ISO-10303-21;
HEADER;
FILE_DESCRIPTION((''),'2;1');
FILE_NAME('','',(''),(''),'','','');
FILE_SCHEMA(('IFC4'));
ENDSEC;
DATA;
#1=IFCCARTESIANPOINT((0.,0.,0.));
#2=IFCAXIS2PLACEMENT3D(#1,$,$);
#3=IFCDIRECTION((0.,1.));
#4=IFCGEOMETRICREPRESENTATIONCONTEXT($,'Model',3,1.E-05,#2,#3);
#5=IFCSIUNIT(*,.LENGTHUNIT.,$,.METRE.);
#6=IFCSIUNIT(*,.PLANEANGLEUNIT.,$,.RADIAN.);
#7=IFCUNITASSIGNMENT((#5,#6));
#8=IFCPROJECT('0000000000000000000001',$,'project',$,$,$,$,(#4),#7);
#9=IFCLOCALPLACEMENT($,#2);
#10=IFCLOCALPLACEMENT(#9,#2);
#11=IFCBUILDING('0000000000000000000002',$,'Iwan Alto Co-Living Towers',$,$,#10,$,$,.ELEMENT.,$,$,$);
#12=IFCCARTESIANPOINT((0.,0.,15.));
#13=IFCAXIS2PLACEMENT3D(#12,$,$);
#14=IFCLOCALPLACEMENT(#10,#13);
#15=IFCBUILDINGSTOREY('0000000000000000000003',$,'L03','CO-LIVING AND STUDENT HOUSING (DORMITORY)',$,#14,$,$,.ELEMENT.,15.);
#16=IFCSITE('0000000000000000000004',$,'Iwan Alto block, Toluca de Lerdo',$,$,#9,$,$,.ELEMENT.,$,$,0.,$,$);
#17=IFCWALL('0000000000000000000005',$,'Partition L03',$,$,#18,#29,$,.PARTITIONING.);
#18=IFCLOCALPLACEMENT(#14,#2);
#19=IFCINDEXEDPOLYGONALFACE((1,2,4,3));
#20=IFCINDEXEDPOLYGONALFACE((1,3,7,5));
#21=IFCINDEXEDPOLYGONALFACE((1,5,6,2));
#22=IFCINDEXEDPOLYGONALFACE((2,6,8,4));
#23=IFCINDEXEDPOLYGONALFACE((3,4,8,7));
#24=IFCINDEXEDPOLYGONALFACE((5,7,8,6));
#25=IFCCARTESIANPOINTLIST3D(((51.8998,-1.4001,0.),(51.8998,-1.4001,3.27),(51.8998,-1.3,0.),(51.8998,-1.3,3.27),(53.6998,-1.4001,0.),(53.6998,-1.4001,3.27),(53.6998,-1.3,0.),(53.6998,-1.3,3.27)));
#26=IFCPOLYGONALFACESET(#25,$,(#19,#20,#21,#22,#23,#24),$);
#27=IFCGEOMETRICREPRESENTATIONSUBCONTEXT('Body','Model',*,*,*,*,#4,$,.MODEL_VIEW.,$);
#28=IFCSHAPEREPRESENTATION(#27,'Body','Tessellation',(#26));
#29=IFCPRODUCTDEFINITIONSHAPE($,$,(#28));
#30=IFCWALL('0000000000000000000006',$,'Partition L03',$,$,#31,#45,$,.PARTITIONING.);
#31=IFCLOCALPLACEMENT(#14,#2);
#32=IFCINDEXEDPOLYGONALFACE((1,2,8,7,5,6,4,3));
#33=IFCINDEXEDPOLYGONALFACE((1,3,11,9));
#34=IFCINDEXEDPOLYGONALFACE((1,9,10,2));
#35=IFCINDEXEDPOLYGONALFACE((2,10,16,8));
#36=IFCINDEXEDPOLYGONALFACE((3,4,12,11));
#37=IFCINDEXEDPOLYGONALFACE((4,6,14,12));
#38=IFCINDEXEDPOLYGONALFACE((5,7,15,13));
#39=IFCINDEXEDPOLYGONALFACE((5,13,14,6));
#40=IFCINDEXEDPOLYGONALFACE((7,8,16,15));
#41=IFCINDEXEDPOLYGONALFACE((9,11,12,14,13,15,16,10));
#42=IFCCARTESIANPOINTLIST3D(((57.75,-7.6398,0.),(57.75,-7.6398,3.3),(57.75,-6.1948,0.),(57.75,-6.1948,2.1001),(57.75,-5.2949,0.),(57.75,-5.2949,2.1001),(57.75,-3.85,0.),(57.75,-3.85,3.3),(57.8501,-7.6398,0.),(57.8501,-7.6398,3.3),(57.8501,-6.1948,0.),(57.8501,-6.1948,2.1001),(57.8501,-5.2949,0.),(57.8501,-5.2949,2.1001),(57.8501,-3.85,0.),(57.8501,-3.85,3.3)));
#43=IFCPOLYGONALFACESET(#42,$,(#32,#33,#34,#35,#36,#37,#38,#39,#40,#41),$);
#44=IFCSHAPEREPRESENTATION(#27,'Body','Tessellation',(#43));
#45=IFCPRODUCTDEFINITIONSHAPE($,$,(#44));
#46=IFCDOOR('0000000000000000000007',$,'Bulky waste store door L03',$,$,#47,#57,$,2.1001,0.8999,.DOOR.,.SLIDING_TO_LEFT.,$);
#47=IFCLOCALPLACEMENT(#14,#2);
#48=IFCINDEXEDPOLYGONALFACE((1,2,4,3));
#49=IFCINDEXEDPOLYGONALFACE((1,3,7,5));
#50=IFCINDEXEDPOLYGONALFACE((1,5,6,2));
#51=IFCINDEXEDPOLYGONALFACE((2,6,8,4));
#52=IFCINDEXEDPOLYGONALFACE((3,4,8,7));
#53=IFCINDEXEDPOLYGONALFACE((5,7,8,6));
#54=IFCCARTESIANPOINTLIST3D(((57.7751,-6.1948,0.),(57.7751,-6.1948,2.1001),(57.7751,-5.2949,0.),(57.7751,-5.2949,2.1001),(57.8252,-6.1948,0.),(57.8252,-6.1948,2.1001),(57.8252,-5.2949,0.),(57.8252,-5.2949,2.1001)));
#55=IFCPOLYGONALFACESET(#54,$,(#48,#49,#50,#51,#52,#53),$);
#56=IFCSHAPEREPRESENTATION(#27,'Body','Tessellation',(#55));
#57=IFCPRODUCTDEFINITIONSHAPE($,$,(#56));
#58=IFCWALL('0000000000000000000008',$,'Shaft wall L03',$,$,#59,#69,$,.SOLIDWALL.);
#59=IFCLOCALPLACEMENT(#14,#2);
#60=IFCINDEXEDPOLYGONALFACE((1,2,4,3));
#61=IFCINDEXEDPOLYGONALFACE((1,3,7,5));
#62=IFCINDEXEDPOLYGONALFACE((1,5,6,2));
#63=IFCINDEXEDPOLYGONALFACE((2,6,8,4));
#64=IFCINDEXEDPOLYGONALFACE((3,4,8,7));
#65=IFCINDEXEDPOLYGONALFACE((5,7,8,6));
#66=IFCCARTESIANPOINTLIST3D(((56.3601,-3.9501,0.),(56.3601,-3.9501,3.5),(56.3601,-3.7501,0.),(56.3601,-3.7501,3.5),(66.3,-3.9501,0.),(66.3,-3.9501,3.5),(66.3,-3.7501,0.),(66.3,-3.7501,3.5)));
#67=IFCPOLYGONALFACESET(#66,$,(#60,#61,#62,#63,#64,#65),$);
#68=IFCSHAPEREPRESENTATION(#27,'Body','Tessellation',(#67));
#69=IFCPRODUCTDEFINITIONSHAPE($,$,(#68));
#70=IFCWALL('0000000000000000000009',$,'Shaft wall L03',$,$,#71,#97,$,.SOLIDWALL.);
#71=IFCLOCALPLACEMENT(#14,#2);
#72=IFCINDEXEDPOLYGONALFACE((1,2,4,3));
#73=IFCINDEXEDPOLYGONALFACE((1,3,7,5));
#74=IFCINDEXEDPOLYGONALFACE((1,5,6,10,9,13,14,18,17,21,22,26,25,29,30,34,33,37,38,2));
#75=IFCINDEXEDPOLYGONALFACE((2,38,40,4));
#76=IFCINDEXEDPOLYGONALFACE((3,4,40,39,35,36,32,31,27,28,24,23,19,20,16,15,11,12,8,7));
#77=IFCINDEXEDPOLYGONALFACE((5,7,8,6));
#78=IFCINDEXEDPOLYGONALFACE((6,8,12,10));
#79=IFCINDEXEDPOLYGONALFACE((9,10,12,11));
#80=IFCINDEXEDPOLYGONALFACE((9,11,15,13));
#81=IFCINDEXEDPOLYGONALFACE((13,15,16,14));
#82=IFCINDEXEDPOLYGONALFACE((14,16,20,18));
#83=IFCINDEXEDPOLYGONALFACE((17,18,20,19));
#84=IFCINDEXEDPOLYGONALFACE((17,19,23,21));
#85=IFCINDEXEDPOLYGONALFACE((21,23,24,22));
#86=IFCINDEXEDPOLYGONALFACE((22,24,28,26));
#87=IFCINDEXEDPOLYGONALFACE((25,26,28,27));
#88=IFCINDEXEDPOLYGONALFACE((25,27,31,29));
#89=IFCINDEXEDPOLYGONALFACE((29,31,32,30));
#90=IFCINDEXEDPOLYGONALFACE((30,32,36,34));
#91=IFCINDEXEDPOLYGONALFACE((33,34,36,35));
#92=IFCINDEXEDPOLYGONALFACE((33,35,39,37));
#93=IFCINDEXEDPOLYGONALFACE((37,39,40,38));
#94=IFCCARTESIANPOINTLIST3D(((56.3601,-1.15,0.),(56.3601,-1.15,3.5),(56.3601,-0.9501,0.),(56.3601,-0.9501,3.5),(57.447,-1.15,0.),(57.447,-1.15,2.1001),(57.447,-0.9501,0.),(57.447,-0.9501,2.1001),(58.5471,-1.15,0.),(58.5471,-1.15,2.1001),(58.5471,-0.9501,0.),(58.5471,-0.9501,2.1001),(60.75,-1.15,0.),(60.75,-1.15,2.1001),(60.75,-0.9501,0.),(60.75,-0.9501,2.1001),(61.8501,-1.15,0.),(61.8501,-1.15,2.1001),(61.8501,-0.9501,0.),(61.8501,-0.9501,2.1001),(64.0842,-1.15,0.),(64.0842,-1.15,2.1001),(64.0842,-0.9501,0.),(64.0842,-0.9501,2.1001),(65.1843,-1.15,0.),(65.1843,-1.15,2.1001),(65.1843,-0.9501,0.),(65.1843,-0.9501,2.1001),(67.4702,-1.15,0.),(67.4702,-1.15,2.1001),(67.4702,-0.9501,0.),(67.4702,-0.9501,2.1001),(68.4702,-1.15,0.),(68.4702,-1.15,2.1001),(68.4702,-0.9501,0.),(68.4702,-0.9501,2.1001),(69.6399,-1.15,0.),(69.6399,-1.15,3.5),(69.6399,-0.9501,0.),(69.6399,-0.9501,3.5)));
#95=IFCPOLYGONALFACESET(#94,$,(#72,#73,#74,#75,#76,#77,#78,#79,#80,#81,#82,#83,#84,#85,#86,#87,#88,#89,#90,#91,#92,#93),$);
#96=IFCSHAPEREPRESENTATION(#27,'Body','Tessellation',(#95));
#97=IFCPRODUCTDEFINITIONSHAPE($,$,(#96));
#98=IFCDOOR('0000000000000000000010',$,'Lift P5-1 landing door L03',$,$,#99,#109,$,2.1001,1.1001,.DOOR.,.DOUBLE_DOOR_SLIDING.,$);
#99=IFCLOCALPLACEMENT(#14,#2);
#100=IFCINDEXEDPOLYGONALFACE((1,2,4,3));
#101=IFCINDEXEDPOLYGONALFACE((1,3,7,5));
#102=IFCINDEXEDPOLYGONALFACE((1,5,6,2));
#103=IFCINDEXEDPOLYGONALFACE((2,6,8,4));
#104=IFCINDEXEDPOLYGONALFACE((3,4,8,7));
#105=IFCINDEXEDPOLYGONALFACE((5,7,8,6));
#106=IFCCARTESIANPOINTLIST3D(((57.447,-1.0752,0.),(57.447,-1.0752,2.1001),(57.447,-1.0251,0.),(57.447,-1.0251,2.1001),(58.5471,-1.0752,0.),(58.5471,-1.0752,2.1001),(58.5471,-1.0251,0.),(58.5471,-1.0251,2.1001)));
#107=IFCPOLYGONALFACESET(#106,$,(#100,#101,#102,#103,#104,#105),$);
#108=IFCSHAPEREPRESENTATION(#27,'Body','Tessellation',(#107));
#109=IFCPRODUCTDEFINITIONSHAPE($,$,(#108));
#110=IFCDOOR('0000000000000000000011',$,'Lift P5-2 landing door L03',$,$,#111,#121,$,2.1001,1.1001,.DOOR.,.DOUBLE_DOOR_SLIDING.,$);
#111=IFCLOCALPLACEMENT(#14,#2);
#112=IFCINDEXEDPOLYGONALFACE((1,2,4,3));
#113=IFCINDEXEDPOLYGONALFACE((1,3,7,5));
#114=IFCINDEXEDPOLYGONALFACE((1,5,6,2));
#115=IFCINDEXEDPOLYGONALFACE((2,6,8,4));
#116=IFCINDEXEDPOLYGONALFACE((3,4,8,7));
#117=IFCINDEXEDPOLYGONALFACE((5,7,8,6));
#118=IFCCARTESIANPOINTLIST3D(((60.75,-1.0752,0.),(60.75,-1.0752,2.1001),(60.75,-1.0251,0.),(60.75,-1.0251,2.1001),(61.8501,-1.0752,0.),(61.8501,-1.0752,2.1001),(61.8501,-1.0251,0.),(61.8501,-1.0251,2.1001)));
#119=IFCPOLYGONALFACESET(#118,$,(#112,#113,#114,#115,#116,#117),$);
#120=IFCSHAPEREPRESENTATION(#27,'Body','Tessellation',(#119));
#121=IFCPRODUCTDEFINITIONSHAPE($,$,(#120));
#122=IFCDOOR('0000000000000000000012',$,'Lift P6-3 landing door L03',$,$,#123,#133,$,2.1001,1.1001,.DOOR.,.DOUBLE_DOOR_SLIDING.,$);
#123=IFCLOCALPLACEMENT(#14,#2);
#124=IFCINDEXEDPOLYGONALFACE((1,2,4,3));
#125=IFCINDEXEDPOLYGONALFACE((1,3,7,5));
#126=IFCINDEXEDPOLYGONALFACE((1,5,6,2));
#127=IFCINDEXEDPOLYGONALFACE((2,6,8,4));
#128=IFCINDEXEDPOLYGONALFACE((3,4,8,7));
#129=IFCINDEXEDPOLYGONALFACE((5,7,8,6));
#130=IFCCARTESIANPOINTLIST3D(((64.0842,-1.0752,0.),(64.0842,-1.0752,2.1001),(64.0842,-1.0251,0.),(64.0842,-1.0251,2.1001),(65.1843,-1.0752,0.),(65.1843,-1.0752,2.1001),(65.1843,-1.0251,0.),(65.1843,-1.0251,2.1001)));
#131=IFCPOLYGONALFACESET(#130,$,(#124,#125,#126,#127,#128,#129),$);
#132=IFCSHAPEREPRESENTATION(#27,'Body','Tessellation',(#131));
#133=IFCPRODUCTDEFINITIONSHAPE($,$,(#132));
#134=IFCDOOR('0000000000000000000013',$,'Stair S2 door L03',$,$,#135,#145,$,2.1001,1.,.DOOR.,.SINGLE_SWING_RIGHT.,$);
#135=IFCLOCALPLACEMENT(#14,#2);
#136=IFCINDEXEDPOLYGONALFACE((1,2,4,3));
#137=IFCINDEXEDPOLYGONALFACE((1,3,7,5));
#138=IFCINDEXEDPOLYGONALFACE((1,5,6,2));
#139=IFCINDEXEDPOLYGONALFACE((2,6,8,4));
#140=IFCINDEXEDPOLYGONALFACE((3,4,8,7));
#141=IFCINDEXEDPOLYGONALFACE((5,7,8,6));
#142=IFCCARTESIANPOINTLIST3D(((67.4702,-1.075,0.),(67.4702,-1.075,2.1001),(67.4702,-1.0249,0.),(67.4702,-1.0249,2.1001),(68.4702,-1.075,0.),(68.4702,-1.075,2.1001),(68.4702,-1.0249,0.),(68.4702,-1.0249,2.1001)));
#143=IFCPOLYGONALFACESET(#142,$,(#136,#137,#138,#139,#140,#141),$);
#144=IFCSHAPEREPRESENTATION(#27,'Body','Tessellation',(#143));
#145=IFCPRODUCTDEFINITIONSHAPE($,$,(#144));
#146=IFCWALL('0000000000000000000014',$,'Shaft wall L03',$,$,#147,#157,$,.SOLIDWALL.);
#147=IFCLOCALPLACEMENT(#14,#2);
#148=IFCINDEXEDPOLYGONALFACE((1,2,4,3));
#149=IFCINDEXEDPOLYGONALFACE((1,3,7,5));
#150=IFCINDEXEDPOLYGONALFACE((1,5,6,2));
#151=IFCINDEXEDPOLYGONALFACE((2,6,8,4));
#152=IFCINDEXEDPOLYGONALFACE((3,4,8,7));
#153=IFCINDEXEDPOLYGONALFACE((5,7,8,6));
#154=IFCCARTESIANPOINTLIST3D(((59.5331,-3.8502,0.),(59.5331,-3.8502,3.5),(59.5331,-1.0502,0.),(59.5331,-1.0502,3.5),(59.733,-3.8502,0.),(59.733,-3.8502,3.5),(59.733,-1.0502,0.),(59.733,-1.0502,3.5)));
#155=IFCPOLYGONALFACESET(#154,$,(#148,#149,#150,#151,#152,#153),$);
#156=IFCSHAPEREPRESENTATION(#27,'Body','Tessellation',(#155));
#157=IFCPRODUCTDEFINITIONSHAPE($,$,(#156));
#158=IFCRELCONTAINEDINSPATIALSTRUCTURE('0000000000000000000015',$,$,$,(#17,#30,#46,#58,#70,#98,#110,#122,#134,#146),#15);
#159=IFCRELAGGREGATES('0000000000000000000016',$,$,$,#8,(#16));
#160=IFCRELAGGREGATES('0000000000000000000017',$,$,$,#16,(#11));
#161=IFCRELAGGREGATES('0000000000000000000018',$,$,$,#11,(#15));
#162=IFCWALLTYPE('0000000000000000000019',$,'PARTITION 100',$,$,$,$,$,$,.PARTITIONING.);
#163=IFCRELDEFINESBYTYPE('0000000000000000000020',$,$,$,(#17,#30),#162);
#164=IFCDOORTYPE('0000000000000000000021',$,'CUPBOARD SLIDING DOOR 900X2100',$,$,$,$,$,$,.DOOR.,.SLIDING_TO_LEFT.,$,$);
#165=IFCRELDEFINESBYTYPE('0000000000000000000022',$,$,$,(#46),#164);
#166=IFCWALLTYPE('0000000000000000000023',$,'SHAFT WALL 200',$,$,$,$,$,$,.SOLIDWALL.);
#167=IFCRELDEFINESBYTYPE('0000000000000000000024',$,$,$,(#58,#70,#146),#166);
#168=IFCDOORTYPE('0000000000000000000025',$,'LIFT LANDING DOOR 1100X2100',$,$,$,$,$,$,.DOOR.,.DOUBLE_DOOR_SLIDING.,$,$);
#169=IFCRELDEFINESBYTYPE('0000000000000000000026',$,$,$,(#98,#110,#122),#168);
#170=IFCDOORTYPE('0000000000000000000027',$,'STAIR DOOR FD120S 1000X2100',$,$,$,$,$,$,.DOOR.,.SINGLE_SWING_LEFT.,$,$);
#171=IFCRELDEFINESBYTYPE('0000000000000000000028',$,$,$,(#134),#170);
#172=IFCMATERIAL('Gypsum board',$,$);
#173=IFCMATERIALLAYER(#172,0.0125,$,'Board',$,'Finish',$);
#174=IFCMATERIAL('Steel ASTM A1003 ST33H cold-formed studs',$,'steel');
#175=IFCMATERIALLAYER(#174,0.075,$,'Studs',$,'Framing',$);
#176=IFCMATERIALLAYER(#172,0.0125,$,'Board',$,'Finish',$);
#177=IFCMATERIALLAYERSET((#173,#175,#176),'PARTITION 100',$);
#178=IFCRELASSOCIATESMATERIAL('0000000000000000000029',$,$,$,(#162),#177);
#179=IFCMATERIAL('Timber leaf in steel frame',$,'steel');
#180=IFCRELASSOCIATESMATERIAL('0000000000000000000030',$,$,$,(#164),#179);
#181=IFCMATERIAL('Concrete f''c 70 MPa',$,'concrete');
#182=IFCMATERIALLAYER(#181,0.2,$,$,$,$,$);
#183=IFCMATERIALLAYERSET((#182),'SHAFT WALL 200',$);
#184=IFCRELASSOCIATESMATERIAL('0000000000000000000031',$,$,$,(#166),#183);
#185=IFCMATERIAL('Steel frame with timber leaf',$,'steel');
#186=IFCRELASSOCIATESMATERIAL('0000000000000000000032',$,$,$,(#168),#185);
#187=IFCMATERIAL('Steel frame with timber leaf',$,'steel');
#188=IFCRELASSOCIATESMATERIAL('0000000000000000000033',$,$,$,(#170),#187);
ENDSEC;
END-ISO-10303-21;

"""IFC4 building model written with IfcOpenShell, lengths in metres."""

from ifc_helpers import new_model, si_unit, direction, frame, frame_2d, origin, place, context, subcontext, project, spatial, rectangle, extrude, material, layer, layer_set, type_object, element, fill, save


model = new_model("IFC4")

# Units and contexts
model_context = context("Model", 3, precision=1e-05, world=origin(), true_north=direction((0.0, 1.0)))
body_context = subcontext(model_context, "Body", "Model", "MODEL_VIEW")
ifc_project = project(units=[si_unit("LENGTHUNIT", "METRE"), si_unit("PLANEANGLEUNIT", "RADIAN")], contexts=[model_context])

# Site, building, storey
site_placement = place(None, origin())
site = spatial("IfcSite", under=ifc_project, at=site_placement, Name="Iwan Alto block, Toluca de Lerdo", CompositionType="ELEMENT", RefElevation=0.0)
building_placement = place(site_placement, origin())
building = spatial("IfcBuilding", under=site, at=building_placement, Name="Iwan Alto Co-Living Towers", CompositionType="ELEMENT")
storey_placement = place(building_placement, frame((0.0, 0.0, 15.0)))
storey = spatial("IfcBuildingStorey", under=building, at=storey_placement, Name="L03", Description="CO-LIVING AND STUDENT HOUSING (DORMITORY)", CompositionType="ELEMENT", Elevation=15.0)

# Wall
ifc_material_1 = material(Name="Gypsum board")
ifc_layer_1 = layer(ifc_material_1, 0.0125, Name="Board", Category="Finish")
ifc_material_2 = material(Name="Steel ASTM A1003 ST33H cold-formed studs", Category="steel")
ifc_layer_2 = layer(ifc_material_2, 0.075, Name="Studs", Category="Framing")
ifc_layer_3 = layer(ifc_material_1, 0.0125, Name="Board", Category="Finish")
ifc_layer_set_1 = layer_set([ifc_layer_1, ifc_layer_2, ifc_layer_3], Name="PARTITION 100")
wall_type_1 = type_object("IfcWallType", Name="PARTITION 100", PredefinedType="PARTITIONING", material=ifc_layer_set_1)
wall_1_placement = place(storey_placement, frame((51.8999, -1.3501, 0.0), z_axis=(0.0, 0.0, 1.0), x_axis=(1.0, 0.0, 0.0)))
element("IfcWall", 1, at=wall_1_placement, inside=storey, type_object=wall_type_1, Name="Partition L03", PredefinedType="PARTITIONING", context=body_context, shape_type="SweptSolid", body=[
    extrude(rectangle(XDim=1.8, YDim=0.1001, at=frame_2d((0.8999, 0.0))), origin(), (0.0, 0.0, 1.0), 3.27),
])

# Wall, opening, door
wall_2_placement = place(storey_placement, frame((57.8, -7.6399, 0.0), z_axis=(0.0, 0.0, 1.0), x_axis=(0.0, 1.0, 0.0)))
wall_2 = element("IfcWall", 2, at=wall_2_placement, inside=storey, type_object=wall_type_1, Name="Partition L03", PredefinedType="PARTITIONING", context=body_context, shape_type="SweptSolid", body=[
    extrude(rectangle(XDim=3.7898, YDim=0.1001, at=frame_2d((1.895, 0.0))), origin(), (0.0, 0.0, 1.0), 3.3),
])
opening_1_placement = place(wall_2_placement, frame((1.4451, 0.0, 0.0)))
opening_1 = element("IfcOpeningElement", 3, at=opening_1_placement, cuts=wall_2, PredefinedType="OPENING", context=body_context, shape_type="SweptSolid", body=[
    extrude(rectangle(XDim=0.8999, YDim=2.1001, at=frame_2d((0.45, 1.05))), frame((0.0, 0.0601, 0.0), z_axis=(0.0, -1.0, 0.0), x_axis=(1.0, 0.0, 0.0)), (0.0, 0.0, 1.0), 0.1201),
])
ifc_material_3 = material(Name="Timber leaf in steel frame", Category="steel")
door_type_1 = type_object("IfcDoorType", Name="CUPBOARD SLIDING DOOR 900X2100", OperationType="SLIDING_TO_LEFT", PredefinedType="DOOR", material=ifc_material_3)
door_1_placement = place(opening_1_placement, origin())
door_1 = element("IfcDoor", 4, at=door_1_placement, inside=storey, type_object=door_type_1, Name="Bulky waste store door L03", OperationType="SLIDING_TO_LEFT", OverallHeight=2.1001, OverallWidth=0.8999, PredefinedType="DOOR", context=body_context, shape_type="SweptSolid", body=[
    extrude(rectangle(XDim=0.8999, YDim=2.1001, at=frame_2d((0.45, 1.05))), frame((0.0, 0.0249, 0.0), z_axis=(0.0, -1.0, 0.0), x_axis=(1.0, 0.0, 0.0)), (0.0, 0.0, 1.0), 0.05),
])
fill(opening_1, door_1)

# Wall
ifc_material_4 = material(Name="Concrete f'c 70 MPa", Category="concrete")
ifc_layer_4 = layer(ifc_material_4, 0.2)
ifc_layer_set_2 = layer_set([ifc_layer_4], Name="SHAFT WALL 200")
wall_type_2 = type_object("IfcWallType", Name="SHAFT WALL 200", PredefinedType="SOLIDWALL", material=ifc_layer_set_2)
wall_3_placement = place(storey_placement, frame((56.3601, -3.8501, 0.0), z_axis=(0.0, 0.0, 1.0), x_axis=(1.0, 0.0, 0.0)))
element("IfcWall", 5, at=wall_3_placement, inside=storey, type_object=wall_type_2, Name="Shaft wall L03", PredefinedType="SOLIDWALL", context=body_context, shape_type="SweptSolid", body=[
    extrude(rectangle(XDim=9.9399, YDim=0.2, at=frame_2d((4.97, 0.0))), origin(), (0.0, 0.0, 1.0), 3.5),
])

# Wall, openings, doors
wall_4_placement = place(storey_placement, frame((56.3601, -1.05, 0.0), z_axis=(0.0, 0.0, 1.0), x_axis=(1.0, 0.0, 0.0)))
wall_4 = element("IfcWall", 6, at=wall_4_placement, inside=storey, type_object=wall_type_2, Name="Shaft wall L03", PredefinedType="SOLIDWALL", context=body_context, shape_type="SweptSolid", body=[
    extrude(rectangle(XDim=13.2798, YDim=0.2, at=frame_2d((6.6399, 0.0))), origin(), (0.0, 0.0, 1.0), 3.5),
])
opening_2_placement = place(wall_4_placement, frame((11.1101, 0.0, 0.0)))
opening_2 = element("IfcOpeningElement", 7, at=opening_2_placement, cuts=wall_4, PredefinedType="OPENING", context=body_context, shape_type="SweptSolid", body=[
    extrude(rectangle(XDim=1.0, YDim=2.1001, at=frame_2d((0.5, 1.05))), frame((0.0, 0.1099, 0.0), z_axis=(0.0, -1.0, 0.0), x_axis=(1.0, 0.0, 0.0)), (0.0, 0.0, 1.0), 0.22),
])
opening_3_placement = place(wall_4_placement, frame((1.0869, 0.0, 0.0)))
opening_3 = element("IfcOpeningElement", 8, at=opening_3_placement, cuts=wall_4, PredefinedType="OPENING", context=body_context, shape_type="SweptSolid", body=[
    extrude(rectangle(XDim=1.1001, YDim=2.1001, at=frame_2d((0.55, 1.05))), frame((0.0, 0.1099, 0.0), z_axis=(0.0, -1.0, 0.0), x_axis=(1.0, 0.0, 0.0)), (0.0, 0.0, 1.0), 0.22),
])
opening_4_placement = place(wall_4_placement, frame((4.3899, 0.0, 0.0)))
opening_4 = element("IfcOpeningElement", 9, at=opening_4_placement, cuts=wall_4, PredefinedType="OPENING", context=body_context, shape_type="SweptSolid", body=[
    extrude(rectangle(XDim=1.1001, YDim=2.1001, at=frame_2d((0.55, 1.05))), frame((0.0, 0.1099, 0.0), z_axis=(0.0, -1.0, 0.0), x_axis=(1.0, 0.0, 0.0)), (0.0, 0.0, 1.0), 0.22),
])
opening_5_placement = place(wall_4_placement, frame((7.7241, 0.0, 0.0)))
opening_5 = element("IfcOpeningElement", 10, at=opening_5_placement, cuts=wall_4, PredefinedType="OPENING", context=body_context, shape_type="SweptSolid", body=[
    extrude(rectangle(XDim=1.1001, YDim=2.1001, at=frame_2d((0.55, 1.05))), frame((0.0, 0.1099, 0.0), z_axis=(0.0, -1.0, 0.0), x_axis=(1.0, 0.0, 0.0)), (0.0, 0.0, 1.0), 0.22),
])
ifc_material_5 = material(Name="Steel frame with timber leaf", Category="steel")
door_type_2 = type_object("IfcDoorType", Name="LIFT LANDING DOOR 1100X2100", OperationType="DOUBLE_DOOR_SLIDING", PredefinedType="DOOR", material=ifc_material_5)
door_2_placement = place(opening_3_placement, origin())
door_2 = element("IfcDoor", 11, at=door_2_placement, inside=storey, type_object=door_type_2, Name="Lift P5-1 landing door L03", OperationType="DOUBLE_DOOR_SLIDING", OverallHeight=2.1001, OverallWidth=1.1001, PredefinedType="DOOR", context=body_context, shape_type="SweptSolid", body=[
    extrude(rectangle(XDim=1.1001, YDim=2.1001, at=frame_2d((0.55, 1.05))), frame((0.0, 0.0249, 0.0), z_axis=(0.0, -1.0, 0.0), x_axis=(1.0, 0.0, 0.0)), (0.0, 0.0, 1.0), 0.05),
])
fill(opening_3, door_2)
door_3_placement = place(opening_4_placement, origin())
door_3 = element("IfcDoor", 12, at=door_3_placement, inside=storey, type_object=door_type_2, Name="Lift P5-2 landing door L03", OperationType="DOUBLE_DOOR_SLIDING", OverallHeight=2.1001, OverallWidth=1.1001, PredefinedType="DOOR", context=body_context, shape_type="SweptSolid", body=[
    extrude(rectangle(XDim=1.1001, YDim=2.1001, at=frame_2d((0.55, 1.05))), frame((0.0, 0.0249, 0.0), z_axis=(0.0, -1.0, 0.0), x_axis=(1.0, 0.0, 0.0)), (0.0, 0.0, 1.0), 0.05),
])
fill(opening_4, door_3)
door_4_placement = place(opening_5_placement, origin())
door_4 = element("IfcDoor", 13, at=door_4_placement, inside=storey, type_object=door_type_2, Name="Lift P6-3 landing door L03", OperationType="DOUBLE_DOOR_SLIDING", OverallHeight=2.1001, OverallWidth=1.1001, PredefinedType="DOOR", context=body_context, shape_type="SweptSolid", body=[
    extrude(rectangle(XDim=1.1001, YDim=2.1001, at=frame_2d((0.55, 1.05))), frame((0.0, 0.0249, 0.0), z_axis=(0.0, -1.0, 0.0), x_axis=(1.0, 0.0, 0.0)), (0.0, 0.0, 1.0), 0.05),
])
fill(opening_5, door_4)
ifc_material_6 = material(Name="Steel frame with timber leaf", Category="steel")
door_type_3 = type_object("IfcDoorType", Name="STAIR DOOR FD120S 1000X2100", OperationType="SINGLE_SWING_LEFT", PredefinedType="DOOR", material=ifc_material_6)
door_5_placement = place(opening_2_placement, frame((1.0, 0.0, 0.0), z_axis=(0.0, 0.0, 1.0), x_axis=(-1.0, 0.0, 0.0)))
door_5 = element("IfcDoor", 14, at=door_5_placement, inside=storey, type_object=door_type_3, Name="Stair S2 door L03", OperationType="SINGLE_SWING_RIGHT", OverallHeight=2.1001, OverallWidth=1.0, PredefinedType="DOOR", context=body_context, shape_type="SweptSolid", body=[
    extrude(rectangle(XDim=1.0, YDim=2.1001, at=frame_2d((0.5, 1.05))), frame((0.0, 0.0249, 0.0), z_axis=(0.0, -1.0, 0.0), x_axis=(1.0, 0.0, 0.0)), (0.0, 0.0, 1.0), 0.05),
])
fill(opening_2, door_5)

# Wall
wall_5_placement = place(storey_placement, frame((59.6331, -3.8501, 0.0), z_axis=(0.0, 0.0, 1.0), x_axis=(0.0, 1.0, 0.0)))
element("IfcWall", 15, at=wall_5_placement, inside=storey, type_object=wall_type_2, Name="Shaft wall L03", PredefinedType="SOLIDWALL", context=body_context, shape_type="SweptSolid", body=[
    extrude(rectangle(XDim=2.8, YDim=0.2, at=frame_2d((1.3999, 0.0))), origin(), (0.0, 0.0, 1.0), 3.5),
])

save(model, "model.ifc")
